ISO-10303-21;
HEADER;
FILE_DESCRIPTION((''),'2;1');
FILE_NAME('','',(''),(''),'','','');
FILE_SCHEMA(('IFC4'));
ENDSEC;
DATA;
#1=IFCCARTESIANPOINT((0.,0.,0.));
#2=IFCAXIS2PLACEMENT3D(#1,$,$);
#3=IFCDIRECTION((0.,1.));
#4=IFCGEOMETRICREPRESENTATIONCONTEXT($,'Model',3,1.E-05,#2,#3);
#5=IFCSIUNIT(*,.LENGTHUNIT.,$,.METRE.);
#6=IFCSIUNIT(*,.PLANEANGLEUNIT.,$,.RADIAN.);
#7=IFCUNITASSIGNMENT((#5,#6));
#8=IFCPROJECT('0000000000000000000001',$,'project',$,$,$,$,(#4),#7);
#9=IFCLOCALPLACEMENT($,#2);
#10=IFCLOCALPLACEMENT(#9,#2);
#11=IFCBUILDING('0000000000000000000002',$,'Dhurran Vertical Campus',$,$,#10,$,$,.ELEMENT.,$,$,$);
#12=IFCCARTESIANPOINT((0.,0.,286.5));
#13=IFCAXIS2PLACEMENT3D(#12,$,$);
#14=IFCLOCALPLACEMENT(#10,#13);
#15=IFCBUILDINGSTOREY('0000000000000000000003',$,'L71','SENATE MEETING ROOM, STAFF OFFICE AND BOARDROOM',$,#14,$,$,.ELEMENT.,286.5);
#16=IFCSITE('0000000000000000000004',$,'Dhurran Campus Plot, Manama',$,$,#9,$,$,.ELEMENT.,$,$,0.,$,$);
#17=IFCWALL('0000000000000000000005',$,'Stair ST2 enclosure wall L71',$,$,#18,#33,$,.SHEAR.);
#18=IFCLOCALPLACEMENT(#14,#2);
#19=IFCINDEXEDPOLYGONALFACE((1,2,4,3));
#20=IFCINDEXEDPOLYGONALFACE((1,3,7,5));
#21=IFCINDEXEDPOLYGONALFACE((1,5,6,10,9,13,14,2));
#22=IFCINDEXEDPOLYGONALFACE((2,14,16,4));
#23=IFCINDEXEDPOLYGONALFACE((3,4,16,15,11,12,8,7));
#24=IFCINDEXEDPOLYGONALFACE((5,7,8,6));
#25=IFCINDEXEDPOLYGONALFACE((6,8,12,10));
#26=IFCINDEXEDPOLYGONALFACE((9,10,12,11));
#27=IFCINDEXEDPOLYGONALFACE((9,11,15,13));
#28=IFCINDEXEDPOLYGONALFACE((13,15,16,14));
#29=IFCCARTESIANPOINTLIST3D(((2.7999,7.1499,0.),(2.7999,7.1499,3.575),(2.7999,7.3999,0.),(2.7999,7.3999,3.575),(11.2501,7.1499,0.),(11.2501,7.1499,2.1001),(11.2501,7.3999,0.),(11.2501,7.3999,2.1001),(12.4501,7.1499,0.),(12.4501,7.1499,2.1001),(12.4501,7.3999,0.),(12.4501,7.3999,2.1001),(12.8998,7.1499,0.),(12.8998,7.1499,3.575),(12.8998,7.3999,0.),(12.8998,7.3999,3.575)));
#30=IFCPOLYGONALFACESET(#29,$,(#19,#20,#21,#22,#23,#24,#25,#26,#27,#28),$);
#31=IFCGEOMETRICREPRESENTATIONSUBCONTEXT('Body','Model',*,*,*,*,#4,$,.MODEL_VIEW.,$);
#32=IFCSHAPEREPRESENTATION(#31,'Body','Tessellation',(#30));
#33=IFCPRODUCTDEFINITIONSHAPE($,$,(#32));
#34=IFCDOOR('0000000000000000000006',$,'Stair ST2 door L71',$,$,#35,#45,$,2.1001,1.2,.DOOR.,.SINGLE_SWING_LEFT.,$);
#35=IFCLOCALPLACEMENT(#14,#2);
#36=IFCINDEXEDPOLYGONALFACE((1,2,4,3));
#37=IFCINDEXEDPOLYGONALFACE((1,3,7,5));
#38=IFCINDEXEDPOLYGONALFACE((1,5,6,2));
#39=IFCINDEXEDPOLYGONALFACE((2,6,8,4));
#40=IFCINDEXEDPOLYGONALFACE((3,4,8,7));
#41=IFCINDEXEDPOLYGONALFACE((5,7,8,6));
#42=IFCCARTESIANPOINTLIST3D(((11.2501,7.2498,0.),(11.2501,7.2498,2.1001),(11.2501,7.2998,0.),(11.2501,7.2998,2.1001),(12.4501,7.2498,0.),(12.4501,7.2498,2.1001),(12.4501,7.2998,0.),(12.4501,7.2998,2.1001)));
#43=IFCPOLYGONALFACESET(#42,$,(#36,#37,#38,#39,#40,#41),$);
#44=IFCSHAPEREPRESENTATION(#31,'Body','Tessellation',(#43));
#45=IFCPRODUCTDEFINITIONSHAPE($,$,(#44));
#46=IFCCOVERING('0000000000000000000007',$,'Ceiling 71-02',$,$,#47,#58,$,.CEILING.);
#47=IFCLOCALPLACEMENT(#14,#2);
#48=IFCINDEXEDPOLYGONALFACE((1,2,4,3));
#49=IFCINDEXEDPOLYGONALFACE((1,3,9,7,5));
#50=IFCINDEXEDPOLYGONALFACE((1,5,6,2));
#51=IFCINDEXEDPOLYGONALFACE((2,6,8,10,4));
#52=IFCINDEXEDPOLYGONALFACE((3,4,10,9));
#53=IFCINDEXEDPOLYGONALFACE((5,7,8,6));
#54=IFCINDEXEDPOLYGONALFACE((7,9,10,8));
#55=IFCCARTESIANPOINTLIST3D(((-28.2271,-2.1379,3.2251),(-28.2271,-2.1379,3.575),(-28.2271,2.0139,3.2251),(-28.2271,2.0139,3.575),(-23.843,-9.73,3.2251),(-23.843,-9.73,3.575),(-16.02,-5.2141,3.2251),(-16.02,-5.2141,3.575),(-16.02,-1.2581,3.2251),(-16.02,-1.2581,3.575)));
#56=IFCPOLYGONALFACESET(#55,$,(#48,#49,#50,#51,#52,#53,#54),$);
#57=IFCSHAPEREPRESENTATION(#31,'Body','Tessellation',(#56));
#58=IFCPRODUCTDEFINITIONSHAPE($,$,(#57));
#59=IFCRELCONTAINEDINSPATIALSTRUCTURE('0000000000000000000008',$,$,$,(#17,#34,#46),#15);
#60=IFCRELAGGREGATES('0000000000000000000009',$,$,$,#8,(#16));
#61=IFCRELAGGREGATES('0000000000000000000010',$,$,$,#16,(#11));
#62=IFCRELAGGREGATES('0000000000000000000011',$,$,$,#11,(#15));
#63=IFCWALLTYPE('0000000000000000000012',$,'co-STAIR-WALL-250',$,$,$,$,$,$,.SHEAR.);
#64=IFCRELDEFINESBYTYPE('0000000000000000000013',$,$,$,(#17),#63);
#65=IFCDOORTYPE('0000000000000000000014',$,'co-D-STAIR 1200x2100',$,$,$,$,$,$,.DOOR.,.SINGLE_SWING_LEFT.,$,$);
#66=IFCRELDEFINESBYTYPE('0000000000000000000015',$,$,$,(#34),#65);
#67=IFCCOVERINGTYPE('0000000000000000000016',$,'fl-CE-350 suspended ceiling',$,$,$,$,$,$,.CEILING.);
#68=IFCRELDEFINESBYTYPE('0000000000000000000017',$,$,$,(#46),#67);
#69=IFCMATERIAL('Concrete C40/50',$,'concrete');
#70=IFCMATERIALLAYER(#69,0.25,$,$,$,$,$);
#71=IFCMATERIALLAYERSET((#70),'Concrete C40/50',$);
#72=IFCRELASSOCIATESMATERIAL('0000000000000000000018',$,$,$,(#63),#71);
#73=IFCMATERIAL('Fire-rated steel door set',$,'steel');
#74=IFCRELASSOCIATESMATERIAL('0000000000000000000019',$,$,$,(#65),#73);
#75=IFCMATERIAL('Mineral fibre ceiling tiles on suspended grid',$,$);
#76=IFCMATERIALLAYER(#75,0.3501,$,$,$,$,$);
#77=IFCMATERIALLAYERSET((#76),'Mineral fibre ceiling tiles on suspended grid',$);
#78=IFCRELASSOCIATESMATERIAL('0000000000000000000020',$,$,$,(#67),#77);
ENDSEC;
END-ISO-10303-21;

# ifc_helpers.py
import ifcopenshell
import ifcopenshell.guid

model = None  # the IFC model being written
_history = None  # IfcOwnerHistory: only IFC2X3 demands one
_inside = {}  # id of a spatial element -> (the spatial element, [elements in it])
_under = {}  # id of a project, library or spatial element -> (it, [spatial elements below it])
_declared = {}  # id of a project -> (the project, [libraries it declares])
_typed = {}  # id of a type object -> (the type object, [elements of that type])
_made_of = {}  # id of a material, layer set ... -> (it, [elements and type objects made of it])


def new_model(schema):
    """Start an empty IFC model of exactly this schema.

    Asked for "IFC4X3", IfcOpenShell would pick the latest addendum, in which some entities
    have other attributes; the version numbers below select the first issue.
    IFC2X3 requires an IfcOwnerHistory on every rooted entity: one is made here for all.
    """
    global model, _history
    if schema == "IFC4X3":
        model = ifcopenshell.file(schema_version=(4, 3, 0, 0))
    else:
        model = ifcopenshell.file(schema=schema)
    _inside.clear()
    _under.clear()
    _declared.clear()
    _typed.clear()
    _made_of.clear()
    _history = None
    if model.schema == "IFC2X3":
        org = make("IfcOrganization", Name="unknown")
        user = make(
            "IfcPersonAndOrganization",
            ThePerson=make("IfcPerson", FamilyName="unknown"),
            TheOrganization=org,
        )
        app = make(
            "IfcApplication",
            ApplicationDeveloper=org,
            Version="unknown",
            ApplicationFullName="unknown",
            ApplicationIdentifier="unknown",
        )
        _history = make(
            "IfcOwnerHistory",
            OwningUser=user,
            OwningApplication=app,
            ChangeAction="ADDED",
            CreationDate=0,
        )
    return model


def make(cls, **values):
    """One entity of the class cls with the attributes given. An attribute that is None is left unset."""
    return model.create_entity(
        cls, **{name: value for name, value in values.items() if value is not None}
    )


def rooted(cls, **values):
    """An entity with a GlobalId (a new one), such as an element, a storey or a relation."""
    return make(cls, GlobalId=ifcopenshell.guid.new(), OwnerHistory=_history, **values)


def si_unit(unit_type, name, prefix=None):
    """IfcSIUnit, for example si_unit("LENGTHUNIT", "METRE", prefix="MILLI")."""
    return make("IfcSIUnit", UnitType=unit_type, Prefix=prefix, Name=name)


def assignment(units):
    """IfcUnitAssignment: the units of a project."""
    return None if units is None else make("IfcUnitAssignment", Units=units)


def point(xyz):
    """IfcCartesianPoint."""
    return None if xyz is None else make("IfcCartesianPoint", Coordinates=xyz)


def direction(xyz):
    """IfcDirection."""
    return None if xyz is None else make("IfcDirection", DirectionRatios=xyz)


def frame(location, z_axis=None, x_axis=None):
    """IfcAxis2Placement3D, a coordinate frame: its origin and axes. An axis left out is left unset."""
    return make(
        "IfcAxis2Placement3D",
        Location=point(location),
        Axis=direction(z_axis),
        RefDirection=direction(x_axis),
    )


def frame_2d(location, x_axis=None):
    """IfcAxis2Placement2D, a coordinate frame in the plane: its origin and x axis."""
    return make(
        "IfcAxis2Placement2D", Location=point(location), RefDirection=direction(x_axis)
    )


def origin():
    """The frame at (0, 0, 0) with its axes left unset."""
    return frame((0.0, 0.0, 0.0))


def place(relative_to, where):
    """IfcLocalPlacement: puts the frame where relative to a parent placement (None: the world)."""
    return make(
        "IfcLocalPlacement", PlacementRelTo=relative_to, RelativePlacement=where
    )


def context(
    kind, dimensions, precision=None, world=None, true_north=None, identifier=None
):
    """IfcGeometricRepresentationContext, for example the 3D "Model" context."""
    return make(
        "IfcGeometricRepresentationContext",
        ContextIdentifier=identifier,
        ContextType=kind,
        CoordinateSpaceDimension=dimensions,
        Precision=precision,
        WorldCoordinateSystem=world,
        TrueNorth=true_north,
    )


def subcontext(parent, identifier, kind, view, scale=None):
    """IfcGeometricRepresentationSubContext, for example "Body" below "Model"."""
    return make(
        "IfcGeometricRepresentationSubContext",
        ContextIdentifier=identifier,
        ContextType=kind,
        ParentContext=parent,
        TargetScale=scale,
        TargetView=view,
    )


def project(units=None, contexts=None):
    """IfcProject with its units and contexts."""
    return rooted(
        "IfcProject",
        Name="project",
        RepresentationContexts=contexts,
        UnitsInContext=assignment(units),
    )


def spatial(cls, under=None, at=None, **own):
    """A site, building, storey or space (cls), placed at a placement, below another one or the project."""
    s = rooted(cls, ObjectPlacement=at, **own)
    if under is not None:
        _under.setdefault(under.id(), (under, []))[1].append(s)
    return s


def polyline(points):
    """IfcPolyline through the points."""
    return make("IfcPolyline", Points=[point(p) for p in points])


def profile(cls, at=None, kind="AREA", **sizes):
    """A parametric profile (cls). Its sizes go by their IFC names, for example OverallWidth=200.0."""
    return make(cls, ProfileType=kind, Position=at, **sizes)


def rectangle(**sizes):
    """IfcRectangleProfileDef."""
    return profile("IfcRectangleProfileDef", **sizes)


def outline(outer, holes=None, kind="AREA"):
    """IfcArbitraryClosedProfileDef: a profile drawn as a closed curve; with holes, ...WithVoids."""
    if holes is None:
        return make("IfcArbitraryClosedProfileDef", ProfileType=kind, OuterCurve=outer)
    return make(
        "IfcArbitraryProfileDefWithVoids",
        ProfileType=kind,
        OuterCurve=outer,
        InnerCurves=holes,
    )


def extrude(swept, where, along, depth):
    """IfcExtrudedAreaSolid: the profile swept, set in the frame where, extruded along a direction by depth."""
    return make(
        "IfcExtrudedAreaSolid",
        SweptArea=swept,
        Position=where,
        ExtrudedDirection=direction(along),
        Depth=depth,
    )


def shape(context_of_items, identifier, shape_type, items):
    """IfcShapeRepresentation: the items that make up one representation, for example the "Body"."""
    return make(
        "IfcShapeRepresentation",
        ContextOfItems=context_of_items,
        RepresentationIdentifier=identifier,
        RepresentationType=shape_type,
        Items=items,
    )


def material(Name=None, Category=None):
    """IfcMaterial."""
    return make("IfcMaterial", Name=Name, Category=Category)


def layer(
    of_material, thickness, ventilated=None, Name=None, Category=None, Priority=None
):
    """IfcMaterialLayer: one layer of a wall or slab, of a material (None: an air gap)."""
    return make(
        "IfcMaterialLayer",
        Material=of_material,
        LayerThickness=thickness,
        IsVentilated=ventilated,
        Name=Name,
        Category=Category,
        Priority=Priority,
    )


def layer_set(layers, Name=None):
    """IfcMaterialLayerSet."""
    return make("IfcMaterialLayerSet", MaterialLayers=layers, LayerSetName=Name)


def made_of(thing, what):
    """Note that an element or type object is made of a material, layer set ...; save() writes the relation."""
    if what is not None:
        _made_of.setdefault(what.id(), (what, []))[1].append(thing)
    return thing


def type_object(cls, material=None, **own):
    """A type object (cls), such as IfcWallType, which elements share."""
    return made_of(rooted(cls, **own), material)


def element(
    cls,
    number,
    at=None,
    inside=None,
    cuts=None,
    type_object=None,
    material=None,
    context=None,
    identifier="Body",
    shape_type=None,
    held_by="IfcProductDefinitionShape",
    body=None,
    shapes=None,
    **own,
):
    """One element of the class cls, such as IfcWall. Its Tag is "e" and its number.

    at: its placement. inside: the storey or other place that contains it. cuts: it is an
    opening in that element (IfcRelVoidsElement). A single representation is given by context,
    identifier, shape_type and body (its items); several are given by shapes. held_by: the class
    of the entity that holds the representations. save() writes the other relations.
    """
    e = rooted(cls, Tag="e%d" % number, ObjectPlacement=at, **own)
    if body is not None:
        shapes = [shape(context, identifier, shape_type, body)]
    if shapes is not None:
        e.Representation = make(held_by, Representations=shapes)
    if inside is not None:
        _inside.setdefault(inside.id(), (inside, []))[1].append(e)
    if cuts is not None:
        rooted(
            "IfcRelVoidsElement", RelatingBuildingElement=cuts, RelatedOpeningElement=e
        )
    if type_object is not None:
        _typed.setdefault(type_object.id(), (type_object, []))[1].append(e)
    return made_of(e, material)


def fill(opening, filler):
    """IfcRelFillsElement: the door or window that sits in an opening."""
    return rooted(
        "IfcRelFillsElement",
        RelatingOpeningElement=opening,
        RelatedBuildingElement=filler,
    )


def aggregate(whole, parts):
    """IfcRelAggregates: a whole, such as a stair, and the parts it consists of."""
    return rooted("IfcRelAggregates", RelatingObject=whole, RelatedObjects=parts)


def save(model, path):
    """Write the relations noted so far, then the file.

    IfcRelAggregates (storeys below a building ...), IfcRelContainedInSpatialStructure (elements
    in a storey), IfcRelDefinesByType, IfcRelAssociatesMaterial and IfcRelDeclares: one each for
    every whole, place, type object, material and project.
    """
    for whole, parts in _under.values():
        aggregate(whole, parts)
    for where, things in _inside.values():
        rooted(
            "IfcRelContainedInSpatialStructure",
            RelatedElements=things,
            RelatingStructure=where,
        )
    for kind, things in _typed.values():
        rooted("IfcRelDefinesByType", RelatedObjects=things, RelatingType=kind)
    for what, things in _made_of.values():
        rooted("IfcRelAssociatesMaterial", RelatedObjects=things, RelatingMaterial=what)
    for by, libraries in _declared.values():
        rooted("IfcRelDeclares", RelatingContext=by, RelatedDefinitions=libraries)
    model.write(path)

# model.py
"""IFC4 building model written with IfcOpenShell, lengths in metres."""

from ifc_helpers import new_model, si_unit, direction, frame, frame_2d, origin, place, context, subcontext, project, spatial, polyline, rectangle, outline, extrude, material, layer, layer_set, type_object, element, fill, save


model = new_model("IFC4")

# Units and contexts
model_context = context("Model", 3, precision=1e-05, world=origin(), true_north=direction((0.0, 1.0)))
body_context = subcontext(model_context, "Body", "Model", "MODEL_VIEW")
ifc_project = project(units=[si_unit("LENGTHUNIT", "METRE"), si_unit("PLANEANGLEUNIT", "RADIAN")], contexts=[model_context])

# Site, building, storey
site_placement = place(None, origin())
site = spatial("IfcSite", under=ifc_project, at=site_placement, Name="Dhurran Campus Plot, Manama", CompositionType="ELEMENT", RefElevation=0.0)
building_placement = place(site_placement, origin())
building = spatial("IfcBuilding", under=site, at=building_placement, Name="Dhurran Vertical Campus", CompositionType="ELEMENT")
storey_placement = place(building_placement, frame((0.0, 0.0, 286.5)))
storey = spatial("IfcBuildingStorey", under=building, at=storey_placement, Name="L71", Description="SENATE MEETING ROOM, STAFF OFFICE AND BOARDROOM", CompositionType="ELEMENT", Elevation=286.5)

# Wall, opening, door
ifc_material_1 = material(Name="Concrete C40/50", Category="concrete")
ifc_layer_1 = layer(ifc_material_1, 0.25)
ifc_layer_set_1 = layer_set([ifc_layer_1], Name="Concrete C40/50")
wall_type_1 = type_object("IfcWallType", Name="co-STAIR-WALL-250", PredefinedType="SHEAR", material=ifc_layer_set_1)
wall_1_placement = place(storey_placement, frame((2.8, 7.2749, 0.0), z_axis=(0.0, 0.0, 1.0), x_axis=(1.0, 0.0, 0.0)))
wall_1 = element("IfcWall", 1, at=wall_1_placement, inside=storey, type_object=wall_type_1, Name="Stair ST2 enclosure wall L71", PredefinedType="SHEAR", context=body_context, shape_type="SweptSolid", body=[
    extrude(rectangle(XDim=10.0999, YDim=0.25, at=frame_2d((5.0498, 0.0))), origin(), (0.0, 0.0, 1.0), 3.575),
])
opening_1_placement = place(wall_1_placement, frame((8.45, 0.0, 0.0)))
opening_1 = element("IfcOpeningElement", 2, at=opening_1_placement, cuts=wall_1, PredefinedType="OPENING", context=body_context, shape_type="SweptSolid", body=[
    extrude(rectangle(XDim=1.2, YDim=2.1001, at=frame_2d((0.6001, 1.05))), frame((0.0, 0.135, 0.0), z_axis=(0.0, -1.0, 0.0), x_axis=(1.0, 0.0, 0.0)), (0.0, 0.0, 1.0), 0.27),
])
ifc_material_2 = material(Name="Fire-rated steel door set", Category="steel")
door_type_1 = type_object("IfcDoorType", Name="co-D-STAIR 1200x2100", OperationType="SINGLE_SWING_LEFT", PredefinedType="DOOR", material=ifc_material_2)
door_1_placement = place(opening_1_placement, origin())
door_1 = element("IfcDoor", 3, at=door_1_placement, inside=storey, type_object=door_type_1, Name="Stair ST2 door L71", OperationType="SINGLE_SWING_LEFT", OverallHeight=2.1001, OverallWidth=1.2, PredefinedType="DOOR", context=body_context, shape_type="SweptSolid", body=[
    extrude(rectangle(XDim=1.2, YDim=2.1001, at=frame_2d((0.6001, 1.05))), frame((0.0, 0.0249, 0.0), z_axis=(0.0, -1.0, 0.0), x_axis=(1.0, 0.0, 0.0)), (0.0, 0.0, 1.0), 0.05),
])
fill(opening_1, door_1)

# Covering
ifc_material_3 = material(Name="Mineral fibre ceiling tiles on suspended grid")
ifc_layer_2 = layer(ifc_material_3, 0.3501)
ifc_layer_set_2 = layer_set([ifc_layer_2], Name="Mineral fibre ceiling tiles on suspended grid")
covering_type = type_object("IfcCoveringType", Name="fl-CE-350 suspended ceiling", PredefinedType="CEILING", material=ifc_layer_set_2)
covering_placement = place(storey_placement, frame((0.0, 0.0, 3.2251)))
element("IfcCovering", 4, at=covering_placement, inside=storey, type_object=covering_type, Name="Ceiling 71-02", PredefinedType="CEILING", context=body_context, shape_type="SweptSolid", body=[
    extrude(outline(polyline([(-23.843, -9.73), (-28.2271, -2.1379), (-28.2271, 2.0139), (-16.02, -1.2581), (-16.02, -5.2141), (-23.843, -9.73)])), origin(), (0.0, 0.0, 1.0), 0.3499),
])

save(model, "model.ifc")
